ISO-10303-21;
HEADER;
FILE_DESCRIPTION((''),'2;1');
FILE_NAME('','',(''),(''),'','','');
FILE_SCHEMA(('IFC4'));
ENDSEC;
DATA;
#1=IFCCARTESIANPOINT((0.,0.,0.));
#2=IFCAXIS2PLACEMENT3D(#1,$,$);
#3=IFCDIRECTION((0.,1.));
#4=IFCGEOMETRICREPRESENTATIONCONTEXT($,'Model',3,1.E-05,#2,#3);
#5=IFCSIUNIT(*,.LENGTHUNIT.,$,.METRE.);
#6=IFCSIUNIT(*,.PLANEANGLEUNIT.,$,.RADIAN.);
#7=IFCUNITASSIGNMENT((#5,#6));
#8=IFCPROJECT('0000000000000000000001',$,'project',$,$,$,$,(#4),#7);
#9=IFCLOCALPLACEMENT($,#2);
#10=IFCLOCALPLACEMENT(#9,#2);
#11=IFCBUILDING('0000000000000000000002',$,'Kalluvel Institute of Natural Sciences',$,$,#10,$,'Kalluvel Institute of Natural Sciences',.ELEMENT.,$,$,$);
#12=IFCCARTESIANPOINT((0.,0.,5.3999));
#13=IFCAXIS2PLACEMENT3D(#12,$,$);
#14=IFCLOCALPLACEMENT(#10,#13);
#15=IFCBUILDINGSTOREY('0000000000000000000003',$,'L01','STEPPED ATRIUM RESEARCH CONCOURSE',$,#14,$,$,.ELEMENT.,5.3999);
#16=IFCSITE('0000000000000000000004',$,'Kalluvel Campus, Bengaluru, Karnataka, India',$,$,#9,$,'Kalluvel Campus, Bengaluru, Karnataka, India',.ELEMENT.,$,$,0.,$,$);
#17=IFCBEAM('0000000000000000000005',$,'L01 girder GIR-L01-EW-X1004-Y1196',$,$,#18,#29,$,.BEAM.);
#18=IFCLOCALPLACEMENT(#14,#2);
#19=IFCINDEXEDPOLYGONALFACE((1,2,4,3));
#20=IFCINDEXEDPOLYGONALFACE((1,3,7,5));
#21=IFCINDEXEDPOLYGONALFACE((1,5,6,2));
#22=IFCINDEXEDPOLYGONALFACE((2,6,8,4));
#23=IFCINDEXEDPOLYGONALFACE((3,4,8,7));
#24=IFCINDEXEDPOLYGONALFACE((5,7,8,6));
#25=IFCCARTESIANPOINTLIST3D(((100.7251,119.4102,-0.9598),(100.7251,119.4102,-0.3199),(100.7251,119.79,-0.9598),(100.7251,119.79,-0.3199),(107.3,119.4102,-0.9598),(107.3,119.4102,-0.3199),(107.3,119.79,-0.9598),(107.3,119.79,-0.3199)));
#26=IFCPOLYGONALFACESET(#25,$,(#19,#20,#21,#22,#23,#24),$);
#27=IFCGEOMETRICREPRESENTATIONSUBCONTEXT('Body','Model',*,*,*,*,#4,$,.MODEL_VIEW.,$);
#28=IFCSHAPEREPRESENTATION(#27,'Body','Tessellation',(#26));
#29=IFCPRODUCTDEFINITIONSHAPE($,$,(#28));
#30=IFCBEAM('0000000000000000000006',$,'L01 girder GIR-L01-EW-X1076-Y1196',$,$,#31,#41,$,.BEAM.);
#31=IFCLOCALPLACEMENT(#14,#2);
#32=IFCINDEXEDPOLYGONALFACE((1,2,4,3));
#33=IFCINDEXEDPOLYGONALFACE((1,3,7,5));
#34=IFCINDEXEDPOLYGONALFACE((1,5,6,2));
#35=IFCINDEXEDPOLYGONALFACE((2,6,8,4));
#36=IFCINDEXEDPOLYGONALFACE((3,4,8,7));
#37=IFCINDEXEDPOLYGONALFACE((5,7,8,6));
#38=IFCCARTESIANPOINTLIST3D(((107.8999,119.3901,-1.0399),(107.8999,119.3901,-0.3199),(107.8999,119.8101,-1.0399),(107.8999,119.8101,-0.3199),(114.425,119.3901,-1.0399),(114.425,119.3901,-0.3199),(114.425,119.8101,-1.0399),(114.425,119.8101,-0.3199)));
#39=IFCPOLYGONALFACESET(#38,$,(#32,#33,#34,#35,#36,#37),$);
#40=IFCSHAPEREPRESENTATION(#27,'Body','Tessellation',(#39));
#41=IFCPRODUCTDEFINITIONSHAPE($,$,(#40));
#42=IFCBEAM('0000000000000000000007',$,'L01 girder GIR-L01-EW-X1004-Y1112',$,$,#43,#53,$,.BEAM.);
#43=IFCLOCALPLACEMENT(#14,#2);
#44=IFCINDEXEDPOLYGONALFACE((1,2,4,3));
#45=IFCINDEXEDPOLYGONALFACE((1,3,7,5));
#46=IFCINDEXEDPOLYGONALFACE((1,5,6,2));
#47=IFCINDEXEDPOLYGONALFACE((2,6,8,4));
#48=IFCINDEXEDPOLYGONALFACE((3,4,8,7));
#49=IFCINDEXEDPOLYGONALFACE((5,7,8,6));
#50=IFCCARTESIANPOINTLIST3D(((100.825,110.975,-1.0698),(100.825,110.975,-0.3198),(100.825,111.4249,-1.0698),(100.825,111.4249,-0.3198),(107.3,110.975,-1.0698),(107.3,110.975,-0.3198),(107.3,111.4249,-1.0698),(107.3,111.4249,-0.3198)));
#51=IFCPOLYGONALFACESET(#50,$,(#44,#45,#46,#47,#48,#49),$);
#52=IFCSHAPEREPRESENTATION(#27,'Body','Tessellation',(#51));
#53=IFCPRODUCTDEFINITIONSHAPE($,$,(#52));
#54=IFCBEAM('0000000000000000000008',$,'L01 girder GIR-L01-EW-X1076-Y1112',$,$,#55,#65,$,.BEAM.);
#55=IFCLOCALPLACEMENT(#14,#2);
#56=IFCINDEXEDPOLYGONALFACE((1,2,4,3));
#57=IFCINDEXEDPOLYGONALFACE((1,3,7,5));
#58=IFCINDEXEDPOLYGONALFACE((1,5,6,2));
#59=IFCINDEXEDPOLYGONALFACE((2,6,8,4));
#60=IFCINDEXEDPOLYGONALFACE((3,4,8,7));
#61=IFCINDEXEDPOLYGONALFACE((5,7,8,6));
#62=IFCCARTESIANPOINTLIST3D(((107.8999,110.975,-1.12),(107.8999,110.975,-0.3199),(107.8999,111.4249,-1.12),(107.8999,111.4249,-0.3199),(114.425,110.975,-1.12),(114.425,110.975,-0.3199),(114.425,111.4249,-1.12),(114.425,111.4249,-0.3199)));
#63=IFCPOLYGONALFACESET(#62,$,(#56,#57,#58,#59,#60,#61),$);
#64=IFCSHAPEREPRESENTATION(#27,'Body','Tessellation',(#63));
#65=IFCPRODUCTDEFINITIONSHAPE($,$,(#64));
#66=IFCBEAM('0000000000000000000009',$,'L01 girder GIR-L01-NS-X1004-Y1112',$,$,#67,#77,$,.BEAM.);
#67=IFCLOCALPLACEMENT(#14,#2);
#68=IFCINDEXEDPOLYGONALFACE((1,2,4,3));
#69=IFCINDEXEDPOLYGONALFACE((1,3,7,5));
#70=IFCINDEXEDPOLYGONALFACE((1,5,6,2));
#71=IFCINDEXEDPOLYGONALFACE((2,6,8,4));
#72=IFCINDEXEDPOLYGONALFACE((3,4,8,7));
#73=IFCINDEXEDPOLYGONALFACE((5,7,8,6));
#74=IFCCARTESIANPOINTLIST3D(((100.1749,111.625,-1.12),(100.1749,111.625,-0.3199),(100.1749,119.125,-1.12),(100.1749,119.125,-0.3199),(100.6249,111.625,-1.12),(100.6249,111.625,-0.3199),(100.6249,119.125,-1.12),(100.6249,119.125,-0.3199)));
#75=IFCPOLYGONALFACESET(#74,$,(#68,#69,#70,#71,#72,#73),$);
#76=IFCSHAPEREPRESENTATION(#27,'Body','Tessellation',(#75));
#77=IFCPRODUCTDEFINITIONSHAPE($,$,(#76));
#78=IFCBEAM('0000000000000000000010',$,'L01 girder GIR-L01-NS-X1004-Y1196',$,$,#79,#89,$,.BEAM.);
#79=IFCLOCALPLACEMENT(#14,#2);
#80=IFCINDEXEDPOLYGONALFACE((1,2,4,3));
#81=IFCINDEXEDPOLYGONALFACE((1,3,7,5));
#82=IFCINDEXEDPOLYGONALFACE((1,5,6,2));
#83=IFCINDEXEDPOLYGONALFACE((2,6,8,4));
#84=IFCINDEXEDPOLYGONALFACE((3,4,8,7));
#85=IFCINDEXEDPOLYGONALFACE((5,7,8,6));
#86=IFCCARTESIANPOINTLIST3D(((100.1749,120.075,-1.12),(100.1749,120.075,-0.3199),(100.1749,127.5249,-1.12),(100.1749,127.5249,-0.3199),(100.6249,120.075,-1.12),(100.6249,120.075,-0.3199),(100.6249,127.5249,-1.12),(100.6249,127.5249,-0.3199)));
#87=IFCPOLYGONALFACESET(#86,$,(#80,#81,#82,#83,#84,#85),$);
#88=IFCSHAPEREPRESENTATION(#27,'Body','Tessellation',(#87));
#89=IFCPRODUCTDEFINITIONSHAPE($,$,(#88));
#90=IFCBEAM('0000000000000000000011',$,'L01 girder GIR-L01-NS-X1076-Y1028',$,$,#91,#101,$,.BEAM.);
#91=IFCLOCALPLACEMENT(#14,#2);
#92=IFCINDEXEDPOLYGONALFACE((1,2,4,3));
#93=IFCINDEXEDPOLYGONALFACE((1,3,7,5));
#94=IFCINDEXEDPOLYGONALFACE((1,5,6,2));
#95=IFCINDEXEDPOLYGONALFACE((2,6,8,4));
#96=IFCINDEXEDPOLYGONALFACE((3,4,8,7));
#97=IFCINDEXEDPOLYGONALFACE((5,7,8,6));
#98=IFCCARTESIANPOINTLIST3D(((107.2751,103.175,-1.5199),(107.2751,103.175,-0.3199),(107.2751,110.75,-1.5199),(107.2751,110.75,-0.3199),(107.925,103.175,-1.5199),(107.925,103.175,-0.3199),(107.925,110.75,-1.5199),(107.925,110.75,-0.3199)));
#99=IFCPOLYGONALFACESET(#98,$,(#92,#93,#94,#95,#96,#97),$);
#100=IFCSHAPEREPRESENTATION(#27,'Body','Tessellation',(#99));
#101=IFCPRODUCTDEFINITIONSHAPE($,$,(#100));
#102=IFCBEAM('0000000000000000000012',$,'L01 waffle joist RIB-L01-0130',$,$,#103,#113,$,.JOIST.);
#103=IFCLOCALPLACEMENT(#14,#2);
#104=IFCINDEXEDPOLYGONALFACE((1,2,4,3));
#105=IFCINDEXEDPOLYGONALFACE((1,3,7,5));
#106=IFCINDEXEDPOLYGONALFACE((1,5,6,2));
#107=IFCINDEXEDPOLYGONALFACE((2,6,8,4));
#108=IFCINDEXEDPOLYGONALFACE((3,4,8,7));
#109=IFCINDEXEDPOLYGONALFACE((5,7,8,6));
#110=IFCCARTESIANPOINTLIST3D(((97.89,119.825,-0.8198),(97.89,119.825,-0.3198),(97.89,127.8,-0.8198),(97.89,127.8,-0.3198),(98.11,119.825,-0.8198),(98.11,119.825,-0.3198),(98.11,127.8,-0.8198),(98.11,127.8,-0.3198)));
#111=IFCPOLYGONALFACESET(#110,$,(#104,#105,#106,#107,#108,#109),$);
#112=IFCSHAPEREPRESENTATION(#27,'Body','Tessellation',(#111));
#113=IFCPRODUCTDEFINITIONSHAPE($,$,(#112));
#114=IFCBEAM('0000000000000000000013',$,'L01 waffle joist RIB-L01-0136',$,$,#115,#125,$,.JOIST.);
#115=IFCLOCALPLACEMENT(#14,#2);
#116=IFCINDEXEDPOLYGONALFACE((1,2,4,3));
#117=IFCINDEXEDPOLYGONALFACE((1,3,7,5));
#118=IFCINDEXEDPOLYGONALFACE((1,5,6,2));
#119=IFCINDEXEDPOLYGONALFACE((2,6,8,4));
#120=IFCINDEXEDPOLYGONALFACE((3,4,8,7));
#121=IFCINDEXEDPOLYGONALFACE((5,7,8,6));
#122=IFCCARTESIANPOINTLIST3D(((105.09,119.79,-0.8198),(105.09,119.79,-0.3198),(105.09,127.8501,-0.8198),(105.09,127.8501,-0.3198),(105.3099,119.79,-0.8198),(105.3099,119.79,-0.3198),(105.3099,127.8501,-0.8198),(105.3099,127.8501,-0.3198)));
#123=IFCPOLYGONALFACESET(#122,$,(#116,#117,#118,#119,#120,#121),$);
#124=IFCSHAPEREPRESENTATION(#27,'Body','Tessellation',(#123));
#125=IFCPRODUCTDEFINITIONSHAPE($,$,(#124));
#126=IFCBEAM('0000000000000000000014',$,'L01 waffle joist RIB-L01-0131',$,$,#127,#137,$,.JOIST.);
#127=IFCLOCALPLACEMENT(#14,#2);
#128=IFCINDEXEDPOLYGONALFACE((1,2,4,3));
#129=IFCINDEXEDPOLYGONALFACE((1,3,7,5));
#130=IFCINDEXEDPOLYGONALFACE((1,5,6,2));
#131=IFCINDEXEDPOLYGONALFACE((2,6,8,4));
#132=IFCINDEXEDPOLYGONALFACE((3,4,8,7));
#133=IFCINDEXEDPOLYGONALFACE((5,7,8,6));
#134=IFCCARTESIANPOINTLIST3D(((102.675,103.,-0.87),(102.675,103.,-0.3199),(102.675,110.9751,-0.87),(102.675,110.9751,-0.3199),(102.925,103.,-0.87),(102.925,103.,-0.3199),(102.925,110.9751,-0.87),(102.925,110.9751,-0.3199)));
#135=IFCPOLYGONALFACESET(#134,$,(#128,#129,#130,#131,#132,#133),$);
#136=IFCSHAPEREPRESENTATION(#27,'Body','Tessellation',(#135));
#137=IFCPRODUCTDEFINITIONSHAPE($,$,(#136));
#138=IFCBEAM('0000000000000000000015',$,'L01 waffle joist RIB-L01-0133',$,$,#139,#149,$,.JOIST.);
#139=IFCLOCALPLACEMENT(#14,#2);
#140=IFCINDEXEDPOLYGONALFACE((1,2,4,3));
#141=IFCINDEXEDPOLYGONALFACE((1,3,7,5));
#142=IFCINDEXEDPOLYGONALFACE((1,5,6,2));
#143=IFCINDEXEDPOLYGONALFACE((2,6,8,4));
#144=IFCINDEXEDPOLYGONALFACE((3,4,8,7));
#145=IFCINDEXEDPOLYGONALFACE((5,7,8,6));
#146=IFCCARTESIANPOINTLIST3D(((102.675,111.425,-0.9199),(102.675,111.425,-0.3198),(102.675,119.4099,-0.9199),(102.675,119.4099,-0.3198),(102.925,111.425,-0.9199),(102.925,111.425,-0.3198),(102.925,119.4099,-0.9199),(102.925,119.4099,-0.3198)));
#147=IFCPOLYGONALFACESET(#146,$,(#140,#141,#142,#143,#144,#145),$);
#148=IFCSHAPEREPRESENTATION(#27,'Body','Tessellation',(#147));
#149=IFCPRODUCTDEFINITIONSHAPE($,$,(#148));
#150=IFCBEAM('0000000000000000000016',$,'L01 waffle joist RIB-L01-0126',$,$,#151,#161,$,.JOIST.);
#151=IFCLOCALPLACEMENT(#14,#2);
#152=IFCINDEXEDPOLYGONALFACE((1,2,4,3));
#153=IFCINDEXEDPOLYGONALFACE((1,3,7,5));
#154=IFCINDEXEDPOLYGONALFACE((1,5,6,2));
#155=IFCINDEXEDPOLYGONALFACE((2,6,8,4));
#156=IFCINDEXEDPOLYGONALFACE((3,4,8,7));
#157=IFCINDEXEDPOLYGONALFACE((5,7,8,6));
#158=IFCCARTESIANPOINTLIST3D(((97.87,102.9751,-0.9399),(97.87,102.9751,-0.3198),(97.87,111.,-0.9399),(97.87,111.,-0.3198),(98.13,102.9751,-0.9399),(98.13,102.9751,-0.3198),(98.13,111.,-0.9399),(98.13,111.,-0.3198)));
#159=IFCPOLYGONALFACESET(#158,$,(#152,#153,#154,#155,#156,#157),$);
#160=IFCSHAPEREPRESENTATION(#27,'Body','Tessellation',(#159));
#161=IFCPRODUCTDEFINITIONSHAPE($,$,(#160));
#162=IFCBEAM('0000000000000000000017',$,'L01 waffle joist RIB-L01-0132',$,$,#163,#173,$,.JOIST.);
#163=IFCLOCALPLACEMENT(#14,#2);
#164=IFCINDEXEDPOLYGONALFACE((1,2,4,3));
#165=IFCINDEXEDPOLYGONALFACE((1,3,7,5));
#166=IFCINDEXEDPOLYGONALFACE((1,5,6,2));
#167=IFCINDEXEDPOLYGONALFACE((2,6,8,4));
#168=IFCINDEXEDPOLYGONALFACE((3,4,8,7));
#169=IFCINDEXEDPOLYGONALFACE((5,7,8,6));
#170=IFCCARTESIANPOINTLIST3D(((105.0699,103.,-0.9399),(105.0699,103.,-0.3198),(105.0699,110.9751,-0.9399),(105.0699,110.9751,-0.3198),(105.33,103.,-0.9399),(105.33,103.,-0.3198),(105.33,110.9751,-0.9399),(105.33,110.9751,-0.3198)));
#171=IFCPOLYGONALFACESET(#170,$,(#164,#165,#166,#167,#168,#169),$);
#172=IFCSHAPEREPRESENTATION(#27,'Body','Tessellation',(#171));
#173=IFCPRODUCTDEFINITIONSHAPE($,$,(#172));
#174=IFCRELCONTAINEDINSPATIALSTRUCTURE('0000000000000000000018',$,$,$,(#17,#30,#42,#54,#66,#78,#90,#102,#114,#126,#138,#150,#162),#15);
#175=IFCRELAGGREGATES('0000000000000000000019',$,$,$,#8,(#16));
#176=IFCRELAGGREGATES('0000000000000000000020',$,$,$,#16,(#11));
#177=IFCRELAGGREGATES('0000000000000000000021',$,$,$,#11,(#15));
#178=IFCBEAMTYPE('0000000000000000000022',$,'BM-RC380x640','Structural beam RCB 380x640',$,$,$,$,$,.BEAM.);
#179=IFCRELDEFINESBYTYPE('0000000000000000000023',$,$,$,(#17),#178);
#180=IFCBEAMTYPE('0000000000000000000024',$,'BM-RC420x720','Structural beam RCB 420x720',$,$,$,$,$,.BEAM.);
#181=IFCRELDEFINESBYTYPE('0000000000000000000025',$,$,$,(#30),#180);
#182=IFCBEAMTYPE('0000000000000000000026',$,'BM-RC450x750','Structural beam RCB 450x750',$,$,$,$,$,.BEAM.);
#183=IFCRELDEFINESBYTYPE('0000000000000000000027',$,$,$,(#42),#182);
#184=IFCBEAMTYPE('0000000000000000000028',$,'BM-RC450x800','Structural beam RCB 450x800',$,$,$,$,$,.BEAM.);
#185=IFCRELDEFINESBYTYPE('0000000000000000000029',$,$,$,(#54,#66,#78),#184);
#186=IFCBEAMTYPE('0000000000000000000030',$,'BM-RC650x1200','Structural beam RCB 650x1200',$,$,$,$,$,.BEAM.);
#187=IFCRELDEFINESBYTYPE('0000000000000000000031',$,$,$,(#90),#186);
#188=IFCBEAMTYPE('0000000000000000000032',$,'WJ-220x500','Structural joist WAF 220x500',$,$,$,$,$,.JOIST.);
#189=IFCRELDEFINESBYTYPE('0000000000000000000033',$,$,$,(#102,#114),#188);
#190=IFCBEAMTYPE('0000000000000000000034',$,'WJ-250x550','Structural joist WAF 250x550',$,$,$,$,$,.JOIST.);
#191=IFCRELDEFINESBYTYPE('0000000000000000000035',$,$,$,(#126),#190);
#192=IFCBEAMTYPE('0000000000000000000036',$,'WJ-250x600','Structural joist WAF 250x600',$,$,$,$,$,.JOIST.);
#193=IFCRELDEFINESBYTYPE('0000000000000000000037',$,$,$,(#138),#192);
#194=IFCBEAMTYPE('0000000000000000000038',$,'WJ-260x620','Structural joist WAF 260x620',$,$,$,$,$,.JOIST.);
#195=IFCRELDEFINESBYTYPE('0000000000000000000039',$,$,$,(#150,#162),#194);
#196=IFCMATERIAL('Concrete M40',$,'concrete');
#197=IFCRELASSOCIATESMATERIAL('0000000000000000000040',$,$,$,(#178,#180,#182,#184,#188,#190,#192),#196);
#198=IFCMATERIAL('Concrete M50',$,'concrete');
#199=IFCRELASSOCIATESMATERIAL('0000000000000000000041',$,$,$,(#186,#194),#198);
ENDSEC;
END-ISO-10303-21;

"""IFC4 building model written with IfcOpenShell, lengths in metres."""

from ifc_helpers import new_model, si_unit, direction, frame, origin, origin_2d, place, context, subcontext, project, spatial, rectangle, extrude, material, material_profile, profile_set, type_object, element, save


model = new_model("IFC4")

# Units and contexts
model_context = context("Model", 3, precision=1e-05, world=origin(), true_north=direction((0.0, 1.0)))
body_context = subcontext(model_context, "Body", "Model", "MODEL_VIEW")
ifc_project = project(units=[si_unit("LENGTHUNIT", "METRE"), si_unit("PLANEANGLEUNIT", "RADIAN")], contexts=[model_context])

# Site, building, storey
site_placement = place(None, origin())
site = spatial("IfcSite", under=ifc_project, at=site_placement, Name="Kalluvel Campus, Bengaluru, Karnataka, India", LongName="Kalluvel Campus, Bengaluru, Karnataka, India", CompositionType="ELEMENT", RefElevation=0.0)
building_placement = place(site_placement, origin())
building = spatial("IfcBuilding", under=site, at=building_placement, Name="Kalluvel Institute of Natural Sciences", LongName="Kalluvel Institute of Natural Sciences", CompositionType="ELEMENT")
storey_placement = place(building_placement, frame((0.0, 0.0, 5.3999)))
storey = spatial("IfcBuildingStorey", under=building, at=storey_placement, Name="L01", Description="STEPPED ATRIUM RESEARCH CONCOURSE", CompositionType="ELEMENT", Elevation=5.3999)

# Shared definitions
ifc_material_1 = material(Name="Concrete M50", Category="concrete")

# Beams
ifc_material_2 = material(Name="Concrete M40", Category="concrete")
ifc_material_profile_1 = material_profile(ifc_material_2, rectangle(XDim=0.3799, YDim=0.6399, at=origin_2d()), Name="RCB 380x640")
ifc_profile_set_1 = profile_set([ifc_material_profile_1], Name="Concrete M40")
beam_type_1 = type_object("IfcBeamType", Name="BM-RC380x640", Description="Structural beam RCB 380x640", PredefinedType="BEAM", material=ifc_profile_set_1)
beam_1_placement = place(storey_placement, frame((100.7251, 119.6001, -0.6399), z_axis=(1.0, 0.0, 0.0), x_axis=(0.0, 1.0, 0.0)))
element("IfcBeam", 1, at=beam_1_placement, inside=storey, type_object=beam_type_1, Name="L01 girder GIR-L01-EW-X1004-Y1196", PredefinedType="BEAM", context=body_context, shape_type="SweptSolid", body=[
    extrude(rectangle(XDim=0.3799, YDim=0.6399, at=origin_2d()), origin(), (0.0, 0.0, 1.0), 6.575),
])
ifc_material_profile_2 = material_profile(ifc_material_2, rectangle(XDim=0.4199, YDim=0.72, at=origin_2d()), Name="RCB 420x720")
ifc_profile_set_2 = profile_set([ifc_material_profile_2], Name="Concrete M40")
beam_type_2 = type_object("IfcBeamType", Name="BM-RC420x720", Description="Structural beam RCB 420x720", PredefinedType="BEAM", material=ifc_profile_set_2)
beam_2_placement = place(storey_placement, frame((107.8999, 119.6001, -0.6799), z_axis=(1.0, 0.0, 0.0), x_axis=(0.0, 1.0, 0.0)))
element("IfcBeam", 2, at=beam_2_placement, inside=storey, type_object=beam_type_2, Name="L01 girder GIR-L01-EW-X1076-Y1196", PredefinedType="BEAM", context=body_context, shape_type="SweptSolid", body=[
    extrude(rectangle(XDim=0.4199, YDim=0.72, at=origin_2d()), origin(), (0.0, 0.0, 1.0), 6.5251),
])
ifc_material_profile_3 = material_profile(ifc_material_2, rectangle(XDim=0.45, YDim=0.75, at=origin_2d()), Name="RCB 450x750")
ifc_profile_set_3 = profile_set([ifc_material_profile_3], Name="Concrete M40")
beam_type_3 = type_object("IfcBeamType", Name="BM-RC450x750", Description="Structural beam RCB 450x750", PredefinedType="BEAM", material=ifc_profile_set_3)
beam_3_placement = place(storey_placement, frame((100.825, 111.2, -0.6948), z_axis=(1.0, 0.0, 0.0), x_axis=(0.0, 1.0, 0.0)))
element("IfcBeam", 3, at=beam_3_placement, inside=storey, type_object=beam_type_3, Name="L01 girder GIR-L01-EW-X1004-Y1112", PredefinedType="BEAM", context=body_context, shape_type="SweptSolid", body=[
    extrude(rectangle(XDim=0.45, YDim=0.75, at=origin_2d()), origin(), (0.0, 0.0, 1.0), 6.4751),
])
ifc_material_profile_4 = material_profile(ifc_material_2, rectangle(XDim=0.45, YDim=0.8, at=origin_2d()), Name="RCB 450x800")
ifc_profile_set_4 = profile_set([ifc_material_profile_4], Name="Concrete M40")
beam_type_4 = type_object("IfcBeamType", Name="BM-RC450x800", Description="Structural beam RCB 450x800", PredefinedType="BEAM", material=ifc_profile_set_4)
beam_4_placement = place(storey_placement, frame((107.8999, 111.2, -0.72), z_axis=(1.0, 0.0, 0.0), x_axis=(0.0, 1.0, 0.0)))
element("IfcBeam", 4, at=beam_4_placement, inside=storey, type_object=beam_type_4, Name="L01 girder GIR-L01-EW-X1076-Y1112", PredefinedType="BEAM", context=body_context, shape_type="SweptSolid", body=[
    extrude(rectangle(XDim=0.45, YDim=0.8, at=origin_2d()), origin(), (0.0, 0.0, 1.0), 6.5251),
])
beam_5_placement = place(storey_placement, frame((100.3999, 111.625, -0.72), z_axis=(0.0, 1.0, 0.0), x_axis=(-1.0, 0.0, 0.0)))
element("IfcBeam", 5, at=beam_5_placement, inside=storey, type_object=beam_type_4, Name="L01 girder GIR-L01-NS-X1004-Y1112", PredefinedType="BEAM", context=body_context, shape_type="SweptSolid", body=[
    extrude(rectangle(XDim=0.45, YDim=0.8, at=origin_2d()), origin(), (0.0, 0.0, 1.0), 7.5),
])
beam_6_placement = place(storey_placement, frame((100.3999, 120.075, -0.72), z_axis=(0.0, 1.0, 0.0), x_axis=(-1.0, 0.0, 0.0)))
element("IfcBeam", 6, at=beam_6_placement, inside=storey, type_object=beam_type_4, Name="L01 girder GIR-L01-NS-X1004-Y1196", PredefinedType="BEAM", context=body_context, shape_type="SweptSolid", body=[
    extrude(rectangle(XDim=0.45, YDim=0.8, at=origin_2d()), origin(), (0.0, 0.0, 1.0), 7.45),
])
ifc_material_profile_5 = material_profile(ifc_material_1, rectangle(XDim=0.6499, YDim=1.2, at=origin_2d()), Name="RCB 650x1200")
ifc_profile_set_5 = profile_set([ifc_material_profile_5], Name="Concrete M50")
beam_type_5 = type_object("IfcBeamType", Name="BM-RC650x1200", Description="Structural beam RCB 650x1200", PredefinedType="BEAM", material=ifc_profile_set_5)
beam_7_placement = place(storey_placement, frame((107.6001, 103.175, -0.9199), z_axis=(0.0, 1.0, 0.0), x_axis=(-1.0, 0.0, 0.0)))
element("IfcBeam", 7, at=beam_7_placement, inside=storey, type_object=beam_type_5, Name="L01 girder GIR-L01-NS-X1076-Y1028", PredefinedType="BEAM", context=body_context, shape_type="SweptSolid", body=[
    extrude(rectangle(XDim=0.6499, YDim=1.2, at=origin_2d()), origin(), (0.0, 0.0, 1.0), 7.575),
])
ifc_material_profile_6 = material_profile(ifc_material_2, rectangle(XDim=0.22, YDim=0.5, at=origin_2d()), Name="WAF 220x500")
ifc_profile_set_6 = profile_set([ifc_material_profile_6], Name="Concrete M40")
beam_type_6 = type_object("IfcBeamType", Name="WJ-220x500", Description="Structural joist WAF 220x500", PredefinedType="JOIST", material=ifc_profile_set_6)
beam_8_placement = place(storey_placement, frame((98.0, 119.825, -0.5698), z_axis=(0.0, 1.0, 0.0), x_axis=(-1.0, 0.0, 0.0)))
element("IfcBeam", 8, at=beam_8_placement, inside=storey, type_object=beam_type_6, Name="L01 waffle joist RIB-L01-0130", PredefinedType="JOIST", context=body_context, shape_type="SweptSolid", body=[
    extrude(rectangle(XDim=0.22, YDim=0.5, at=origin_2d()), origin(), (0.0, 0.0, 1.0), 7.9751),
])
beam_9_placement = place(storey_placement, frame((105.2, 119.79, -0.5698), z_axis=(0.0, 1.0, 0.0), x_axis=(-1.0, 0.0, 0.0)))
element("IfcBeam", 9, at=beam_9_placement, inside=storey, type_object=beam_type_6, Name="L01 waffle joist RIB-L01-0136", PredefinedType="JOIST", context=body_context, shape_type="SweptSolid", body=[
    extrude(rectangle(XDim=0.22, YDim=0.5, at=origin_2d()), origin(), (0.0, 0.0, 1.0), 8.0601),
])
ifc_material_profile_7 = material_profile(ifc_material_2, rectangle(XDim=0.25, YDim=0.55, at=origin_2d()), Name="WAF 250x550")
ifc_profile_set_7 = profile_set([ifc_material_profile_7], Name="Concrete M40")
beam_type_7 = type_object("IfcBeamType", Name="WJ-250x550", Description="Structural joist WAF 250x550", PredefinedType="JOIST", material=ifc_profile_set_7)
beam_10_placement = place(storey_placement, frame((102.8, 103.0, -0.595), z_axis=(0.0, 1.0, 0.0), x_axis=(-1.0, 0.0, 0.0)))
element("IfcBeam", 10, at=beam_10_placement, inside=storey, type_object=beam_type_7, Name="L01 waffle joist RIB-L01-0131", PredefinedType="JOIST", context=body_context, shape_type="SweptSolid", body=[
    extrude(rectangle(XDim=0.25, YDim=0.55, at=origin_2d()), origin(), (0.0, 0.0, 1.0), 7.9751),
])
ifc_material_profile_8 = material_profile(ifc_material_2, rectangle(XDim=0.25, YDim=0.6001, at=origin_2d()), Name="WAF 250x600")
ifc_profile_set_8 = profile_set([ifc_material_profile_8], Name="Concrete M40")
beam_type_8 = type_object("IfcBeamType", Name="WJ-250x600", Description="Structural joist WAF 250x600", PredefinedType="JOIST", material=ifc_profile_set_8)
beam_11_placement = place(storey_placement, frame((102.8, 111.425, -0.6199), z_axis=(0.0, 1.0, 0.0), x_axis=(-1.0, 0.0, 0.0)))
element("IfcBeam", 11, at=beam_11_placement, inside=storey, type_object=beam_type_8, Name="L01 waffle joist RIB-L01-0133", PredefinedType="JOIST", context=body_context, shape_type="SweptSolid", body=[
    extrude(rectangle(XDim=0.25, YDim=0.6001, at=origin_2d()), origin(), (0.0, 0.0, 1.0), 7.9849),
])
ifc_material_profile_9 = material_profile(ifc_material_1, rectangle(XDim=0.26, YDim=0.6201, at=origin_2d()), Name="WAF 260x620")
ifc_profile_set_9 = profile_set([ifc_material_profile_9], Name="Concrete M50")
beam_type_9 = type_object("IfcBeamType", Name="WJ-260x620", Description="Structural joist WAF 260x620", PredefinedType="JOIST", material=ifc_profile_set_9)
beam_12_placement = place(storey_placement, frame((98.0, 102.9751, -0.6299), z_axis=(0.0, 1.0, 0.0), x_axis=(-1.0, 0.0, 0.0)))
element("IfcBeam", 12, at=beam_12_placement, inside=storey, type_object=beam_type_9, Name="L01 waffle joist RIB-L01-0126", PredefinedType="JOIST", context=body_context, shape_type="SweptSolid", body=[
    extrude(rectangle(XDim=0.26, YDim=0.6201, at=origin_2d()), origin(), (0.0, 0.0, 1.0), 8.0249),
])
beam_13_placement = place(storey_placement, frame((105.2, 103.0, -0.6299), z_axis=(0.0, 1.0, 0.0), x_axis=(-1.0, 0.0, 0.0)))
element("IfcBeam", 13, at=beam_13_placement, inside=storey, type_object=beam_type_9, Name="L01 waffle joist RIB-L01-0132", PredefinedType="JOIST", context=body_context, shape_type="SweptSolid", body=[
    extrude(rectangle(XDim=0.26, YDim=0.6201, at=origin_2d()), origin(), (0.0, 0.0, 1.0), 7.9751),
])

save(model, "model.ifc")
